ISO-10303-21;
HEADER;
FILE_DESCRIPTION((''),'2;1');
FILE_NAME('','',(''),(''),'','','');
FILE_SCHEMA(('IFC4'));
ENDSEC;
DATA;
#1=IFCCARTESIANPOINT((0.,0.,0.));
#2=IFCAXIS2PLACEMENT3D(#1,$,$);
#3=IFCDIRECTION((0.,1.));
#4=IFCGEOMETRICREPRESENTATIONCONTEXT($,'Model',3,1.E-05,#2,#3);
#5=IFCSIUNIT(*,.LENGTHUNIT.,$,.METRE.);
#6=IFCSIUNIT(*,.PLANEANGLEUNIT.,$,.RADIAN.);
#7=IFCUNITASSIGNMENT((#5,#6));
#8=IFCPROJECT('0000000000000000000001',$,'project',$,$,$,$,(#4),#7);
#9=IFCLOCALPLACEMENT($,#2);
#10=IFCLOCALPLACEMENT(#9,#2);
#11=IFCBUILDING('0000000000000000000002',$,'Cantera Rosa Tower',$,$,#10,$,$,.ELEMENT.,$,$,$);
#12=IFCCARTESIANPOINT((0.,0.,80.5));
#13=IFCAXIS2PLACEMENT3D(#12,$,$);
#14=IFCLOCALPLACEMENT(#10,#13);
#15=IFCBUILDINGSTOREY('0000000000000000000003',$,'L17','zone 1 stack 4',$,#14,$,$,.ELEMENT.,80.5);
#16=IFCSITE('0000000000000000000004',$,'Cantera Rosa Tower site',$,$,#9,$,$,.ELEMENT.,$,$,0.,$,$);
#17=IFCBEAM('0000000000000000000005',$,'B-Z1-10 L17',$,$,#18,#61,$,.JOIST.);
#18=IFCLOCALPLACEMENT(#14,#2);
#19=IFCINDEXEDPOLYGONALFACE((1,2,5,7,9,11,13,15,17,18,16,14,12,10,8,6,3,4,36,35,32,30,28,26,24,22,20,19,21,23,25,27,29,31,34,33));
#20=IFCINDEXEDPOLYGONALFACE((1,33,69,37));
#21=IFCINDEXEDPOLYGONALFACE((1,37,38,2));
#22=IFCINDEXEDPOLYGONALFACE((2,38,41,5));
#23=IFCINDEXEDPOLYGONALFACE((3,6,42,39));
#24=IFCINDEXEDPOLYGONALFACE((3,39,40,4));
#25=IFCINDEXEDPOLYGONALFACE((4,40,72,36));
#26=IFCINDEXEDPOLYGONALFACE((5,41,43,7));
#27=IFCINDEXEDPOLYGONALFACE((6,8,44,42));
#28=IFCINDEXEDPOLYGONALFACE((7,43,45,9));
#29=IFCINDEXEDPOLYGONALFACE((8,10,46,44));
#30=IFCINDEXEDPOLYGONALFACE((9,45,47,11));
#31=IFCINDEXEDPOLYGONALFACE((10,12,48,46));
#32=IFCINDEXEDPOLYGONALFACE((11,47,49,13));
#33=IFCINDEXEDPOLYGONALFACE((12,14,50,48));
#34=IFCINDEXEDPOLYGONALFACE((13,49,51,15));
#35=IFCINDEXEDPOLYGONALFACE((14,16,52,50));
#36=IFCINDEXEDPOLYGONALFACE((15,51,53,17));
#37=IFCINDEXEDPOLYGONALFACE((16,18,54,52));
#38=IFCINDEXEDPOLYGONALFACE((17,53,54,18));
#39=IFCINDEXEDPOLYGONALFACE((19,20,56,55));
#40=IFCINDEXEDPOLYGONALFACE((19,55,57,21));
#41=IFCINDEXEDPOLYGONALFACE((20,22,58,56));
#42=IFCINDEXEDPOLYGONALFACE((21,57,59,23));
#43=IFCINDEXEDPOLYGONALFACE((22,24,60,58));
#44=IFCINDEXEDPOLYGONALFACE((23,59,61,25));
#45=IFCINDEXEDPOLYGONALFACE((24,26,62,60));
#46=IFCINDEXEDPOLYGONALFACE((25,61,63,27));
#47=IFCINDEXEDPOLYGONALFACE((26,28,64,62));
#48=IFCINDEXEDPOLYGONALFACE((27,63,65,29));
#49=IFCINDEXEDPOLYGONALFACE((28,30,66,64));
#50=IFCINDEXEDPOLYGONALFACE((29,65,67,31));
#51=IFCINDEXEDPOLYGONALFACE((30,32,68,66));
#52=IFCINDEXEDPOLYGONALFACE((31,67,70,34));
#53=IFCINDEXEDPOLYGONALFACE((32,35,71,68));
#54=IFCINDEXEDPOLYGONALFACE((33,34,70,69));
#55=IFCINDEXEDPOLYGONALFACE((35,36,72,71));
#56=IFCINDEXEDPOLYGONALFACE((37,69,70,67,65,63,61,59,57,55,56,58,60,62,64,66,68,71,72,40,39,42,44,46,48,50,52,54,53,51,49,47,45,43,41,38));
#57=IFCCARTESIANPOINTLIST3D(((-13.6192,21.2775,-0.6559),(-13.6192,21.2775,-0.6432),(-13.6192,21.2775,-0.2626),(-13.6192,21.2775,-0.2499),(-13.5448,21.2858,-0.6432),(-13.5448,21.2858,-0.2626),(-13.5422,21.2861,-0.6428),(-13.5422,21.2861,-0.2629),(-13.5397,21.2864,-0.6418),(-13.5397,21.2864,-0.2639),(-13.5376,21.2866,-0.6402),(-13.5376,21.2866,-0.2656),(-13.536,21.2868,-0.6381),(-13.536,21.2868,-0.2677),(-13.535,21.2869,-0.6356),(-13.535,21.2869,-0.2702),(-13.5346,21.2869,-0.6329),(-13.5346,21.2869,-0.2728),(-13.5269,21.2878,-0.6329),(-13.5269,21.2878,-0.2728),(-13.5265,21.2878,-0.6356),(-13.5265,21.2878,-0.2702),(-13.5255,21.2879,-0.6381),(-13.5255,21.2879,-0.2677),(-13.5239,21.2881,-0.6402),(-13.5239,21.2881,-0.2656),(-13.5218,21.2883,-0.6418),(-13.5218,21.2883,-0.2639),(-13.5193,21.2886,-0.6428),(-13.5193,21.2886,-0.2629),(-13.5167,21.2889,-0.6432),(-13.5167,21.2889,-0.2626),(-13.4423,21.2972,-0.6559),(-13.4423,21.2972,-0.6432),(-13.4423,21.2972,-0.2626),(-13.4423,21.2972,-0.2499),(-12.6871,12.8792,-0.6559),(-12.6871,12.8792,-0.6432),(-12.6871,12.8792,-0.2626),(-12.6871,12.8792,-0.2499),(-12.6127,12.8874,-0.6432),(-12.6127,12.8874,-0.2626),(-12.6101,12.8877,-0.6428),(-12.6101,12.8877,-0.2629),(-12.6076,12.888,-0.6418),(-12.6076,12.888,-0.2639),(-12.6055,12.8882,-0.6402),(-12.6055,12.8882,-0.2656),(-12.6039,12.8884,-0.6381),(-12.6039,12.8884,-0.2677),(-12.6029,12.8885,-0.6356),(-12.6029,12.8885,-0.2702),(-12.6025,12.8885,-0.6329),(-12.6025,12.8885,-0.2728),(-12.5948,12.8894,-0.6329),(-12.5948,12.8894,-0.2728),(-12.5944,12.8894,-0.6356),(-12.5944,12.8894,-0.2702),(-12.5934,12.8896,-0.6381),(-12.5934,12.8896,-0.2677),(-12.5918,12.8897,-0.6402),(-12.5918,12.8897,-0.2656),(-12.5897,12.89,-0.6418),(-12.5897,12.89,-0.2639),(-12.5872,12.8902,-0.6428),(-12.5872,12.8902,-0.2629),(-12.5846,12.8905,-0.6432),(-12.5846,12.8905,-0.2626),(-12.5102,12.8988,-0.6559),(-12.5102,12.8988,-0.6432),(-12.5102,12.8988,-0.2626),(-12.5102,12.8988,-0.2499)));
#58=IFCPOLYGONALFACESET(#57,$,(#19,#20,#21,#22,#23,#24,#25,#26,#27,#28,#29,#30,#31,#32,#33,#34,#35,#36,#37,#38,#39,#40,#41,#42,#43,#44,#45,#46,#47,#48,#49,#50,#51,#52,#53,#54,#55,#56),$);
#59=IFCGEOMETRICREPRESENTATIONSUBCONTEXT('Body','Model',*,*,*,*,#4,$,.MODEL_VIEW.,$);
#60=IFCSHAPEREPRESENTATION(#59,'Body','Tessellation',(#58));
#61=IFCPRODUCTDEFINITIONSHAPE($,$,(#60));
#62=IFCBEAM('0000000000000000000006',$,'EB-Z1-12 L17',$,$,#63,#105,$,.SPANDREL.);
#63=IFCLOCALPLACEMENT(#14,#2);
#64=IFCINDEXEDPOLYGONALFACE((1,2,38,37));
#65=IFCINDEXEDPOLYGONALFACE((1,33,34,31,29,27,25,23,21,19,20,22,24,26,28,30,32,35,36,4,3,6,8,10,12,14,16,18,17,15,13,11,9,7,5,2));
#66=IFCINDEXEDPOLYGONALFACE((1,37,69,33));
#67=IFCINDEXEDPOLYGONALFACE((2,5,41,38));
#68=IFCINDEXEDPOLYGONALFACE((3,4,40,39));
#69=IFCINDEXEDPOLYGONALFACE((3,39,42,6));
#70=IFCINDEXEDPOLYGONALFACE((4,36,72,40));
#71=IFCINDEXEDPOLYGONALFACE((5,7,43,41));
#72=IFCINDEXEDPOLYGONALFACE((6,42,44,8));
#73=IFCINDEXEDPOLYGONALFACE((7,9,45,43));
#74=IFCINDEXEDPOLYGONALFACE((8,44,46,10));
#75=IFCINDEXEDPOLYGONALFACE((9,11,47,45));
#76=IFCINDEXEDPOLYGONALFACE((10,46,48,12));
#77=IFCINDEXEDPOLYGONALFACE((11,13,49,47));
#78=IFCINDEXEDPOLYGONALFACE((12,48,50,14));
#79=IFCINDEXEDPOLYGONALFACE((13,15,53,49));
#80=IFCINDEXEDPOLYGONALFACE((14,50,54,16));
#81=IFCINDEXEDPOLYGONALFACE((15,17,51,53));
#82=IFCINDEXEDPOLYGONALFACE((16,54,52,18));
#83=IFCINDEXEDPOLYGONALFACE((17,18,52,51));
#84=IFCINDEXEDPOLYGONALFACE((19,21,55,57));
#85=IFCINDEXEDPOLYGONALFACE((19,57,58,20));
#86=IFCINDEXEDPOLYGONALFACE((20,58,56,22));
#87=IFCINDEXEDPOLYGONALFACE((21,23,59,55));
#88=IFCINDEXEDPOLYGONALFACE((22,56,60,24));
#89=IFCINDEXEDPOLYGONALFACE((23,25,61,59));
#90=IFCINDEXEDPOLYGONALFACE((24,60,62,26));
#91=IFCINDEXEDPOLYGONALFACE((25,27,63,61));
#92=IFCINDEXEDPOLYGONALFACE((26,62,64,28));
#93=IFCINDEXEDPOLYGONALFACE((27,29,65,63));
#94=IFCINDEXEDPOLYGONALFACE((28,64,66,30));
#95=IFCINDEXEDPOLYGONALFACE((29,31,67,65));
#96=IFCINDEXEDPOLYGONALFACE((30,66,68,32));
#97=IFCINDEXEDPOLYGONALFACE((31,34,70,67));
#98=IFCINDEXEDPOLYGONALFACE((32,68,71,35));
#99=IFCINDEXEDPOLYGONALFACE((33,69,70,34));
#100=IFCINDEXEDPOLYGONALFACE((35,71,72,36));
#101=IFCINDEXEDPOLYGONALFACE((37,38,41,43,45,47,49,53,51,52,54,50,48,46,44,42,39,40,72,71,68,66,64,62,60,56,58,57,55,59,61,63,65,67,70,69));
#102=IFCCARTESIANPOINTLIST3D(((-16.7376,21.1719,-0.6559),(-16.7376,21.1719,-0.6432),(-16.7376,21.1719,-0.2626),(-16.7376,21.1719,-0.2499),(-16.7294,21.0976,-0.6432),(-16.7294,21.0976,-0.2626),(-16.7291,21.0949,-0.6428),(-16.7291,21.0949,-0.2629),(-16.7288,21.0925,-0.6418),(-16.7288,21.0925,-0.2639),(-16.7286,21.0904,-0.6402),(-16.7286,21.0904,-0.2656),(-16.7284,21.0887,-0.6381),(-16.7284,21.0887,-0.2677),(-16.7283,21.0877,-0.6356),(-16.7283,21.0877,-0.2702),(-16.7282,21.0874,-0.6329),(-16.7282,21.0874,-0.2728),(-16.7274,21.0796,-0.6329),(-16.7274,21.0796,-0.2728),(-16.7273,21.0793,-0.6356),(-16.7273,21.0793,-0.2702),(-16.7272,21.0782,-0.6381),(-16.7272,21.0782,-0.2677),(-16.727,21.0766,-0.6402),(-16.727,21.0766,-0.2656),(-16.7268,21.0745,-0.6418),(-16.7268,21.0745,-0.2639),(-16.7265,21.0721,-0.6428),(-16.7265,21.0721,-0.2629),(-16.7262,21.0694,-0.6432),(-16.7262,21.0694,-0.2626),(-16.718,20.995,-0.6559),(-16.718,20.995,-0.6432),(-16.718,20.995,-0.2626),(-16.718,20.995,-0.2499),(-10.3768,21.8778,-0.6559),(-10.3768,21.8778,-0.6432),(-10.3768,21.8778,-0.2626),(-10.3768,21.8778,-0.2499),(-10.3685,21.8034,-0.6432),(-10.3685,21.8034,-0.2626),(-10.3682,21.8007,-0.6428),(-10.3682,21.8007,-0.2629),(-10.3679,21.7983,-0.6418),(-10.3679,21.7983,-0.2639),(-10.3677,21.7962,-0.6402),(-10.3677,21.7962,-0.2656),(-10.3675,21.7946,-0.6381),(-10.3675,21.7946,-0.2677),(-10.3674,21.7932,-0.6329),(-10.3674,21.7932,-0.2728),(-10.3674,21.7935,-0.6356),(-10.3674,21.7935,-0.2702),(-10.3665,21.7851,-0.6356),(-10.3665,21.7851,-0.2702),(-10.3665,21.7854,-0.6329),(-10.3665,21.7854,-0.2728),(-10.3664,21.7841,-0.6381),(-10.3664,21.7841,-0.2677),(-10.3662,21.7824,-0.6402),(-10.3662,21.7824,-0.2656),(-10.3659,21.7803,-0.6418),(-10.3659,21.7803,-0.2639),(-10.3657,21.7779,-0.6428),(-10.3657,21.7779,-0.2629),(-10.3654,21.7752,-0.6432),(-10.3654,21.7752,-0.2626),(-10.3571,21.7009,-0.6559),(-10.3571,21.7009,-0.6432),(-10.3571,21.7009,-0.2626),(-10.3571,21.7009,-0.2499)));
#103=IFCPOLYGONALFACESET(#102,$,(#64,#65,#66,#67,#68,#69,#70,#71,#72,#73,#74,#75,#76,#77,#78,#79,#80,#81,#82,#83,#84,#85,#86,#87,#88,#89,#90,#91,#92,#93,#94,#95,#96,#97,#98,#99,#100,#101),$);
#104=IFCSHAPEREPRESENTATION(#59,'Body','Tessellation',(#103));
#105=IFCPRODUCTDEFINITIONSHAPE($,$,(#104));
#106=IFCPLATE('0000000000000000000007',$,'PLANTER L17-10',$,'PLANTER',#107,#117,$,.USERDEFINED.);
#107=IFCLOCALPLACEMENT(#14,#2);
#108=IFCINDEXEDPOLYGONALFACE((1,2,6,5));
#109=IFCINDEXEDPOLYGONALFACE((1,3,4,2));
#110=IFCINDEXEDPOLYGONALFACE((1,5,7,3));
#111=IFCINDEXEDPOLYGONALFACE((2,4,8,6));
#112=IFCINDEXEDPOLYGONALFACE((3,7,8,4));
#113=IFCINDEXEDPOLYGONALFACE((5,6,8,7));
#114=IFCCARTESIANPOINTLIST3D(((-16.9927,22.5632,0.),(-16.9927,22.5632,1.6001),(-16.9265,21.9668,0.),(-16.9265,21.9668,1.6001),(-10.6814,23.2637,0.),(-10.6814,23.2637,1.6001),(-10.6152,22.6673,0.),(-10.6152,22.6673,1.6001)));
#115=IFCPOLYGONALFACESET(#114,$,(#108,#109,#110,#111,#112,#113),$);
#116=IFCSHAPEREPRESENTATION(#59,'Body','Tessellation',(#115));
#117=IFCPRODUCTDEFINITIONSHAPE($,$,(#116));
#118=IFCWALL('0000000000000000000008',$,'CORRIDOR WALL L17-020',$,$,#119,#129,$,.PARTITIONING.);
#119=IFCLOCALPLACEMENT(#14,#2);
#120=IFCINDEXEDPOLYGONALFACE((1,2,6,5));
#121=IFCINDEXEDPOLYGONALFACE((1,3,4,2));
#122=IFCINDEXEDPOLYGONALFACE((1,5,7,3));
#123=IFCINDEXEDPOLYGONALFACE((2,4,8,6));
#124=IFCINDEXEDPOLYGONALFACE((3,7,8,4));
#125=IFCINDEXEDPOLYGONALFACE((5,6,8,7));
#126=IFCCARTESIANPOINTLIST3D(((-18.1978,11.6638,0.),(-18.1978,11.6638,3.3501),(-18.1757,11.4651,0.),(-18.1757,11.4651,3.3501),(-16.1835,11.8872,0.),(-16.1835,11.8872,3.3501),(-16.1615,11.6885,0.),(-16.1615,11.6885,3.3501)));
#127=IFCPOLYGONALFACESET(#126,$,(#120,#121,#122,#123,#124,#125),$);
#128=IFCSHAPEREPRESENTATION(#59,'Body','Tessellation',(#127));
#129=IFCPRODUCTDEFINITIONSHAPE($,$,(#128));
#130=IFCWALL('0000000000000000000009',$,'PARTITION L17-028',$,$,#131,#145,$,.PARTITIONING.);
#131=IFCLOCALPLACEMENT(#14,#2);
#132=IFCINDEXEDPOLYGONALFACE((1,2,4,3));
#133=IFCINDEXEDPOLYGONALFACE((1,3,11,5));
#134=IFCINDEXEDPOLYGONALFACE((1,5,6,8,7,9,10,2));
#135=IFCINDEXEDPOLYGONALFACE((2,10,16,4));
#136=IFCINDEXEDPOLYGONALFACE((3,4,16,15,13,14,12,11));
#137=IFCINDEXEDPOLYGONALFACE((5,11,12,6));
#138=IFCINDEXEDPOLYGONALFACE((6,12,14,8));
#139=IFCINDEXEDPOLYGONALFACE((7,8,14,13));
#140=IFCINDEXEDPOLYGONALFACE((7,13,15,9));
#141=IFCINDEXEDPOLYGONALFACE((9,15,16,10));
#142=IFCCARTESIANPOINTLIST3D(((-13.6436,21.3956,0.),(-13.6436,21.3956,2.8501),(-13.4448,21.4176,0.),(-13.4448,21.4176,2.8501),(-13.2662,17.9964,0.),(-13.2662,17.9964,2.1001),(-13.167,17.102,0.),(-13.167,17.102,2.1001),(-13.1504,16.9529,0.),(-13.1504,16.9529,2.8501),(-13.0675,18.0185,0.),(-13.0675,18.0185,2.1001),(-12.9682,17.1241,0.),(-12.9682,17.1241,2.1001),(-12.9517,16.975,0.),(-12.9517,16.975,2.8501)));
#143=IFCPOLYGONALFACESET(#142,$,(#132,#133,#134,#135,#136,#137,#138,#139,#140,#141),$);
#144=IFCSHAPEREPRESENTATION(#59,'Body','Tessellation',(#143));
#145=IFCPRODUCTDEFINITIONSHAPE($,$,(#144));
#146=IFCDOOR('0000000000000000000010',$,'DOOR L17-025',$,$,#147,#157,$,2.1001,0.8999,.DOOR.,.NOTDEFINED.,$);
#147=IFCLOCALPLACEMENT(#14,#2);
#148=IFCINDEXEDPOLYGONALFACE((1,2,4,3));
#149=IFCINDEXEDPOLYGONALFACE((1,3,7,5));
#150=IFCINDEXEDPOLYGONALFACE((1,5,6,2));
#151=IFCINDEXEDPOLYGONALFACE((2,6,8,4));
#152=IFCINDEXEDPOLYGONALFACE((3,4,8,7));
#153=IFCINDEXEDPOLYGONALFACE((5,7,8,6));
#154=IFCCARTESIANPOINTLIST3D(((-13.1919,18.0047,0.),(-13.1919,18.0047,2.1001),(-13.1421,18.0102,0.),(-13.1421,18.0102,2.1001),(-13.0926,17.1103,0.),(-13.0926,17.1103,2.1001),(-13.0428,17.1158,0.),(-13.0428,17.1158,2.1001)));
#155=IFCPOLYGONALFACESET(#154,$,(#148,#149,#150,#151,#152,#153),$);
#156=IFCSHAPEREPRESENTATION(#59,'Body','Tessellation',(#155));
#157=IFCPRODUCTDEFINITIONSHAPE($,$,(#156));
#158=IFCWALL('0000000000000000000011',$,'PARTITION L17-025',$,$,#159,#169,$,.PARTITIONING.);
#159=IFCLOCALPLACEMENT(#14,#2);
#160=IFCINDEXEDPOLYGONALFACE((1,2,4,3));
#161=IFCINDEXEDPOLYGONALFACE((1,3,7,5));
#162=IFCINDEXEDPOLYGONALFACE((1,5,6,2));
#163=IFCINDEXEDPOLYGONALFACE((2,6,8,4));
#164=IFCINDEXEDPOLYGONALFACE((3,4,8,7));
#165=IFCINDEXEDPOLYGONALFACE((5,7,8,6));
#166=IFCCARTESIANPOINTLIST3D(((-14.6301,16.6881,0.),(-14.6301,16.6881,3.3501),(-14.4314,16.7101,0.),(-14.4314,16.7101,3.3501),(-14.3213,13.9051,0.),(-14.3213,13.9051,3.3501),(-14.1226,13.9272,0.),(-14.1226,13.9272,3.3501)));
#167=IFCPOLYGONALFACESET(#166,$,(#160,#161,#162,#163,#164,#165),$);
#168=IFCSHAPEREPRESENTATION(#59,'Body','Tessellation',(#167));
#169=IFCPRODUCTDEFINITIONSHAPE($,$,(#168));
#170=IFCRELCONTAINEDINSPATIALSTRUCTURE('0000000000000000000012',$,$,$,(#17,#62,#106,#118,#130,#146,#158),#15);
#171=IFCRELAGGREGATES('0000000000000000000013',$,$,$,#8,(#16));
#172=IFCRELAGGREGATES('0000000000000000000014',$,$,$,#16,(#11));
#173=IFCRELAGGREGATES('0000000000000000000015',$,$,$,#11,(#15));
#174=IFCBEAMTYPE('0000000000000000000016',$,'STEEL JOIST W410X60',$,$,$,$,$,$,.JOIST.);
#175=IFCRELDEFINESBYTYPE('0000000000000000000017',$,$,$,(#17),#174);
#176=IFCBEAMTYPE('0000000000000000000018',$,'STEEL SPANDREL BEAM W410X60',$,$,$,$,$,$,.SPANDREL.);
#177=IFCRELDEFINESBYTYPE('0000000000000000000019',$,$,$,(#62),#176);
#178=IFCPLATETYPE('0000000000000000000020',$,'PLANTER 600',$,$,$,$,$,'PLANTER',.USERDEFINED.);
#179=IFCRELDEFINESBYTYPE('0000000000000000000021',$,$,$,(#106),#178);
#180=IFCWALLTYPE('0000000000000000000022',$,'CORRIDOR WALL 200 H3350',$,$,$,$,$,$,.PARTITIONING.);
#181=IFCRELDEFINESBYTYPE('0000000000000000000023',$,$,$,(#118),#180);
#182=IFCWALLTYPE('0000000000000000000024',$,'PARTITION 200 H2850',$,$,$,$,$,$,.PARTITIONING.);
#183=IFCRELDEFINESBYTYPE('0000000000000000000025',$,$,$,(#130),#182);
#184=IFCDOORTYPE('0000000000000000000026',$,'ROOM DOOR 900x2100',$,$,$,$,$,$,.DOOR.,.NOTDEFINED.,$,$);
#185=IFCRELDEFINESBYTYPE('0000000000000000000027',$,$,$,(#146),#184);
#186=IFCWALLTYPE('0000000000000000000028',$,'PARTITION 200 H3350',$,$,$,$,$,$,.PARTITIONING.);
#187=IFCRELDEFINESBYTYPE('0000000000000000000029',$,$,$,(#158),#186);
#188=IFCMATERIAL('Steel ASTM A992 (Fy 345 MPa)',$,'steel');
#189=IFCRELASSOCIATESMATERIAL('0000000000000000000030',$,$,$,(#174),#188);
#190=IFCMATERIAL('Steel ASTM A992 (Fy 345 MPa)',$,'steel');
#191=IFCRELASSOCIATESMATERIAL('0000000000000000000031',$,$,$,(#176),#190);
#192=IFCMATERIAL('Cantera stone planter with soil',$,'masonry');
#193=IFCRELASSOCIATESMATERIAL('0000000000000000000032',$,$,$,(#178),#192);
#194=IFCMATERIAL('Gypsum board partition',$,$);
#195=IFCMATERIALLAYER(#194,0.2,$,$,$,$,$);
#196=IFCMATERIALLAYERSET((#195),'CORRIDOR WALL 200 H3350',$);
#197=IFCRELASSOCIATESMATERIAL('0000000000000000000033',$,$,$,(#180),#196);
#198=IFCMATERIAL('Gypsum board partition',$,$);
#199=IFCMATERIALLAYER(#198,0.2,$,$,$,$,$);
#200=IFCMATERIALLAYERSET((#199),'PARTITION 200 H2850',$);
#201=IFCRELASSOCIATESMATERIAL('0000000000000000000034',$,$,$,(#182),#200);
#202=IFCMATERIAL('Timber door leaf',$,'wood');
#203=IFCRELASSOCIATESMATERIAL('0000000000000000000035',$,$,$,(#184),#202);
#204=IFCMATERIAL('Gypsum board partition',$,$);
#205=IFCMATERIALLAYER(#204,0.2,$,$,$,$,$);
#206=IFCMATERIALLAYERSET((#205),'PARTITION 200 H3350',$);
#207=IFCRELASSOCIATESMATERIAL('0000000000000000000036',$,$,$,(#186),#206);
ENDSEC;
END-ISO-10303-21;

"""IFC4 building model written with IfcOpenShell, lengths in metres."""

from ifc_helpers import new_model, si_unit, direction, frame, frame_2d, origin, origin_2d, place, context, subcontext, project, spatial, rectangle, i_section, extrude, material, layer, layer_set, material_profile, profile_set, type_object, element, fill, save


model = new_model("IFC4")

# Units and contexts
model_context = context("Model", 3, precision=1e-05, world=origin(), true_north=direction((0.0, 1.0)))
body_context = subcontext(model_context, "Body", "Model", "MODEL_VIEW")
ifc_project = project(units=[si_unit("LENGTHUNIT", "METRE"), si_unit("PLANEANGLEUNIT", "RADIAN")], contexts=[model_context])

# Site, building, storey
site_placement = place(None, origin())
site = spatial("IfcSite", under=ifc_project, at=site_placement, Name="Cantera Rosa Tower site", CompositionType="ELEMENT", RefElevation=0.0)
building_placement = place(site_placement, origin())
building = spatial("IfcBuilding", under=site, at=building_placement, Name="Cantera Rosa Tower", CompositionType="ELEMENT")
storey_placement = place(building_placement, frame((0.0, 0.0, 80.5)))
storey = spatial("IfcBuildingStorey", under=building, at=storey_placement, Name="L17", Description="zone 1 stack 4", CompositionType="ELEMENT", Elevation=80.5)

# Beams
ifc_material_1 = material(Name="Steel ASTM A992 (Fy 345 MPa)", Category="steel")
ifc_material_profile_1 = material_profile(ifc_material_1, i_section(OverallWidth=0.178, OverallDepth=0.406, WebThickness=0.0078, FlangeThickness=0.0127, FilletRadius=0.0103, at=origin_2d()), Name="W410X60")
ifc_profile_set_1 = profile_set([ifc_material_profile_1], Name="Steel ASTM A992 (Fy 345 MPa)")
beam_type_1 = type_object("IfcBeamType", Name="STEEL JOIST W410X60", PredefinedType="JOIST", material=ifc_profile_set_1)
beam_1_placement = place(storey_placement, frame((-13.5308, 21.2874, -0.4529), z_axis=(0.110311, -0.993897, 0.0), x_axis=(0.993897, 0.110311, 0.0)))
element("IfcBeam", 1, at=beam_1_placement, inside=storey, type_object=beam_type_1, Name="B-Z1-10 L17", PredefinedType="JOIST", context=body_context, shape_type="SweptSolid", body=[
    extrude(i_section(OverallWidth=0.178, OverallDepth=0.406, WebThickness=0.0078, FlangeThickness=0.0127, FilletRadius=0.0103, at=origin_2d()), origin(), (0.0, 0.0, 1.0), 8.45),
])
ifc_material_2 = material(Name="Steel ASTM A992 (Fy 345 MPa)", Category="steel")
ifc_material_profile_2 = material_profile(ifc_material_2, i_section(OverallWidth=0.178, OverallDepth=0.406, WebThickness=0.0078, FlangeThickness=0.0127, FilletRadius=0.0103, at=origin_2d()), Name="W410X60")
ifc_profile_set_2 = profile_set([ifc_material_profile_2], Name="Steel ASTM A992 (Fy 345 MPa)")
beam_type_2 = type_object("IfcBeamType", Name="STEEL SPANDREL BEAM W410X60", PredefinedType="SPANDREL", material=ifc_profile_set_2)
beam_2_placement = place(storey_placement, frame((-10.3669, 21.7893, -0.4529), z_axis=(-0.9939, -0.110285, 0.0), x_axis=(0.110285, -0.9939, 0.0)))
element("IfcBeam", 2, at=beam_2_placement, inside=storey, type_object=beam_type_2, Name="EB-Z1-12 L17", PredefinedType="SPANDREL", context=body_context, shape_type="SweptSolid", body=[
    extrude(i_section(OverallWidth=0.178, OverallDepth=0.406, WebThickness=0.0078, FlangeThickness=0.0127, FilletRadius=0.0103, at=origin_2d()), origin(), (0.0, 0.0, 1.0), 6.3999),
])

# Plate
ifc_material_3 = material(Name="Cantera stone planter with soil", Category="masonry")
plate_type = type_object("IfcPlateType", Name="PLANTER 600", ElementType="PLANTER", PredefinedType="USERDEFINED", material=ifc_material_3)
plate_placement = place(storey_placement, frame((-13.804, 22.6152, 0.0), z_axis=(0.0, 0.0, 1.0), x_axis=(-0.993897, -0.110313, 0.0)))
element("IfcPlate", 3, at=plate_placement, inside=storey, type_object=plate_type, Name="PLANTER L17-10", ObjectType="PLANTER", PredefinedType="USERDEFINED", context=body_context, shape_type="SweptSolid", body=[
    extrude(rectangle(XDim=6.3501, YDim=0.6001, at=origin_2d()), origin(), (0.0, 0.0, 1.0), 1.6001),
])

# Wall
ifc_material_4 = material(Name="Gypsum board partition")
ifc_layer_1 = layer(ifc_material_4, 0.2)
ifc_layer_set_1 = layer_set([ifc_layer_1], Name="CORRIDOR WALL 200 H3350")
wall_type_1 = type_object("IfcWallType", Name="CORRIDOR WALL 200 H3350", PredefinedType="PARTITIONING", material=ifc_layer_set_1)
wall_1_placement = place(storey_placement, frame((-16.1726, 11.7878, 0.0), z_axis=(0.0, 0.0, 1.0), x_axis=(-0.993906, -0.110233, 0.0)))
element("IfcWall", 4, at=wall_1_placement, inside=storey, type_object=wall_type_1, Name="CORRIDOR WALL L17-020", PredefinedType="PARTITIONING", context=body_context, shape_type="SweptSolid", body=[
    extrude(rectangle(XDim=2.0266, YDim=0.2, at=frame_2d((1.0132, 0.0))), origin(), (0.0, 0.0, 1.0), 3.3501),
])

# Wall, opening, door
ifc_material_5 = material(Name="Gypsum board partition")
ifc_layer_2 = layer(ifc_material_5, 0.2)
ifc_layer_set_2 = layer_set([ifc_layer_2], Name="PARTITION 200 H2850")
wall_type_2 = type_object("IfcWallType", Name="PARTITION 200 H2850", PredefinedType="PARTITIONING", material=ifc_layer_set_2)
wall_2_placement = place(storey_placement, frame((-13.5442, 21.4065, 0.0), z_axis=(0.0, 0.0, 1.0), x_axis=(0.11033, -0.993895, 0.0)))
wall_2 = element("IfcWall", 5, at=wall_2_placement, inside=storey, type_object=wall_type_2, Name="PARTITION L17-028", PredefinedType="PARTITIONING", context=body_context, shape_type="SweptSolid", body=[
    extrude(rectangle(XDim=4.47, YDim=0.2, at=frame_2d((2.2349, 0.0))), origin(), (0.0, 0.0, 1.0), 2.8501),
])
opening_1_placement = place(wall_2_placement, frame((3.4199, 0.0, 0.0)))
opening_1 = element("IfcOpeningElement", 6, at=opening_1_placement, cuts=wall_2, PredefinedType="OPENING", context=body_context, shape_type="SweptSolid", body=[
    extrude(rectangle(XDim=0.8999, YDim=2.1001, at=frame_2d((0.45, 1.05))), frame((0.0, 0.1099, 0.0), z_axis=(0.0, -1.0, 0.0), x_axis=(1.0, 0.0, 0.0)), (0.0, 0.0, 1.0), 0.22),
])
ifc_material_6 = material(Name="Timber door leaf", Category="wood")
door_type_1 = type_object("IfcDoorType", Name="ROOM DOOR 900x2100", OperationType="NOTDEFINED", PredefinedType="DOOR", material=ifc_material_6)
door_1_placement = place(opening_1_placement, origin())
door_1 = element("IfcDoor", 7, at=door_1_placement, inside=storey, type_object=door_type_1, Name="DOOR L17-025", OperationType="NOTDEFINED", OverallHeight=2.1001, OverallWidth=0.8999, PredefinedType="DOOR", context=body_context, shape_type="SweptSolid", body=[
    extrude(rectangle(XDim=0.8999, YDim=2.1001, at=frame_2d((0.45, 1.05))), frame((0.0, 0.0249, 0.0), z_axis=(0.0, -1.0, 0.0), x_axis=(1.0, 0.0, 0.0)), (0.0, 0.0, 1.0), 0.05),
])
fill(opening_1, door_1)

# Wall
ifc_material_7 = material(Name="Gypsum board partition")
ifc_layer_3 = layer(ifc_material_7, 0.2)
ifc_layer_set_3 = layer_set([ifc_layer_3], Name="PARTITION 200 H3350")
wall_type_3 = type_object("IfcWallType", Name="PARTITION 200 H3350", PredefinedType="PARTITIONING", material=ifc_layer_set_3)
wall_3_placement = place(storey_placement, frame((-14.5308, 16.699, 0.0), z_axis=(0.0, 0.0, 1.0), x_axis=(0.110298, -0.993899, 0.0)))
element("IfcWall", 8, at=wall_3_placement, inside=storey, type_object=wall_type_3, Name="PARTITION L17-025", PredefinedType="PARTITIONING", context=body_context, shape_type="SweptSolid", body=[
    extrude(rectangle(XDim=2.8, YDim=0.2, at=frame_2d((1.3999, 0.0))), origin(), (0.0, 0.0, 1.0), 3.3501),
])

save(model, "model.ifc")
